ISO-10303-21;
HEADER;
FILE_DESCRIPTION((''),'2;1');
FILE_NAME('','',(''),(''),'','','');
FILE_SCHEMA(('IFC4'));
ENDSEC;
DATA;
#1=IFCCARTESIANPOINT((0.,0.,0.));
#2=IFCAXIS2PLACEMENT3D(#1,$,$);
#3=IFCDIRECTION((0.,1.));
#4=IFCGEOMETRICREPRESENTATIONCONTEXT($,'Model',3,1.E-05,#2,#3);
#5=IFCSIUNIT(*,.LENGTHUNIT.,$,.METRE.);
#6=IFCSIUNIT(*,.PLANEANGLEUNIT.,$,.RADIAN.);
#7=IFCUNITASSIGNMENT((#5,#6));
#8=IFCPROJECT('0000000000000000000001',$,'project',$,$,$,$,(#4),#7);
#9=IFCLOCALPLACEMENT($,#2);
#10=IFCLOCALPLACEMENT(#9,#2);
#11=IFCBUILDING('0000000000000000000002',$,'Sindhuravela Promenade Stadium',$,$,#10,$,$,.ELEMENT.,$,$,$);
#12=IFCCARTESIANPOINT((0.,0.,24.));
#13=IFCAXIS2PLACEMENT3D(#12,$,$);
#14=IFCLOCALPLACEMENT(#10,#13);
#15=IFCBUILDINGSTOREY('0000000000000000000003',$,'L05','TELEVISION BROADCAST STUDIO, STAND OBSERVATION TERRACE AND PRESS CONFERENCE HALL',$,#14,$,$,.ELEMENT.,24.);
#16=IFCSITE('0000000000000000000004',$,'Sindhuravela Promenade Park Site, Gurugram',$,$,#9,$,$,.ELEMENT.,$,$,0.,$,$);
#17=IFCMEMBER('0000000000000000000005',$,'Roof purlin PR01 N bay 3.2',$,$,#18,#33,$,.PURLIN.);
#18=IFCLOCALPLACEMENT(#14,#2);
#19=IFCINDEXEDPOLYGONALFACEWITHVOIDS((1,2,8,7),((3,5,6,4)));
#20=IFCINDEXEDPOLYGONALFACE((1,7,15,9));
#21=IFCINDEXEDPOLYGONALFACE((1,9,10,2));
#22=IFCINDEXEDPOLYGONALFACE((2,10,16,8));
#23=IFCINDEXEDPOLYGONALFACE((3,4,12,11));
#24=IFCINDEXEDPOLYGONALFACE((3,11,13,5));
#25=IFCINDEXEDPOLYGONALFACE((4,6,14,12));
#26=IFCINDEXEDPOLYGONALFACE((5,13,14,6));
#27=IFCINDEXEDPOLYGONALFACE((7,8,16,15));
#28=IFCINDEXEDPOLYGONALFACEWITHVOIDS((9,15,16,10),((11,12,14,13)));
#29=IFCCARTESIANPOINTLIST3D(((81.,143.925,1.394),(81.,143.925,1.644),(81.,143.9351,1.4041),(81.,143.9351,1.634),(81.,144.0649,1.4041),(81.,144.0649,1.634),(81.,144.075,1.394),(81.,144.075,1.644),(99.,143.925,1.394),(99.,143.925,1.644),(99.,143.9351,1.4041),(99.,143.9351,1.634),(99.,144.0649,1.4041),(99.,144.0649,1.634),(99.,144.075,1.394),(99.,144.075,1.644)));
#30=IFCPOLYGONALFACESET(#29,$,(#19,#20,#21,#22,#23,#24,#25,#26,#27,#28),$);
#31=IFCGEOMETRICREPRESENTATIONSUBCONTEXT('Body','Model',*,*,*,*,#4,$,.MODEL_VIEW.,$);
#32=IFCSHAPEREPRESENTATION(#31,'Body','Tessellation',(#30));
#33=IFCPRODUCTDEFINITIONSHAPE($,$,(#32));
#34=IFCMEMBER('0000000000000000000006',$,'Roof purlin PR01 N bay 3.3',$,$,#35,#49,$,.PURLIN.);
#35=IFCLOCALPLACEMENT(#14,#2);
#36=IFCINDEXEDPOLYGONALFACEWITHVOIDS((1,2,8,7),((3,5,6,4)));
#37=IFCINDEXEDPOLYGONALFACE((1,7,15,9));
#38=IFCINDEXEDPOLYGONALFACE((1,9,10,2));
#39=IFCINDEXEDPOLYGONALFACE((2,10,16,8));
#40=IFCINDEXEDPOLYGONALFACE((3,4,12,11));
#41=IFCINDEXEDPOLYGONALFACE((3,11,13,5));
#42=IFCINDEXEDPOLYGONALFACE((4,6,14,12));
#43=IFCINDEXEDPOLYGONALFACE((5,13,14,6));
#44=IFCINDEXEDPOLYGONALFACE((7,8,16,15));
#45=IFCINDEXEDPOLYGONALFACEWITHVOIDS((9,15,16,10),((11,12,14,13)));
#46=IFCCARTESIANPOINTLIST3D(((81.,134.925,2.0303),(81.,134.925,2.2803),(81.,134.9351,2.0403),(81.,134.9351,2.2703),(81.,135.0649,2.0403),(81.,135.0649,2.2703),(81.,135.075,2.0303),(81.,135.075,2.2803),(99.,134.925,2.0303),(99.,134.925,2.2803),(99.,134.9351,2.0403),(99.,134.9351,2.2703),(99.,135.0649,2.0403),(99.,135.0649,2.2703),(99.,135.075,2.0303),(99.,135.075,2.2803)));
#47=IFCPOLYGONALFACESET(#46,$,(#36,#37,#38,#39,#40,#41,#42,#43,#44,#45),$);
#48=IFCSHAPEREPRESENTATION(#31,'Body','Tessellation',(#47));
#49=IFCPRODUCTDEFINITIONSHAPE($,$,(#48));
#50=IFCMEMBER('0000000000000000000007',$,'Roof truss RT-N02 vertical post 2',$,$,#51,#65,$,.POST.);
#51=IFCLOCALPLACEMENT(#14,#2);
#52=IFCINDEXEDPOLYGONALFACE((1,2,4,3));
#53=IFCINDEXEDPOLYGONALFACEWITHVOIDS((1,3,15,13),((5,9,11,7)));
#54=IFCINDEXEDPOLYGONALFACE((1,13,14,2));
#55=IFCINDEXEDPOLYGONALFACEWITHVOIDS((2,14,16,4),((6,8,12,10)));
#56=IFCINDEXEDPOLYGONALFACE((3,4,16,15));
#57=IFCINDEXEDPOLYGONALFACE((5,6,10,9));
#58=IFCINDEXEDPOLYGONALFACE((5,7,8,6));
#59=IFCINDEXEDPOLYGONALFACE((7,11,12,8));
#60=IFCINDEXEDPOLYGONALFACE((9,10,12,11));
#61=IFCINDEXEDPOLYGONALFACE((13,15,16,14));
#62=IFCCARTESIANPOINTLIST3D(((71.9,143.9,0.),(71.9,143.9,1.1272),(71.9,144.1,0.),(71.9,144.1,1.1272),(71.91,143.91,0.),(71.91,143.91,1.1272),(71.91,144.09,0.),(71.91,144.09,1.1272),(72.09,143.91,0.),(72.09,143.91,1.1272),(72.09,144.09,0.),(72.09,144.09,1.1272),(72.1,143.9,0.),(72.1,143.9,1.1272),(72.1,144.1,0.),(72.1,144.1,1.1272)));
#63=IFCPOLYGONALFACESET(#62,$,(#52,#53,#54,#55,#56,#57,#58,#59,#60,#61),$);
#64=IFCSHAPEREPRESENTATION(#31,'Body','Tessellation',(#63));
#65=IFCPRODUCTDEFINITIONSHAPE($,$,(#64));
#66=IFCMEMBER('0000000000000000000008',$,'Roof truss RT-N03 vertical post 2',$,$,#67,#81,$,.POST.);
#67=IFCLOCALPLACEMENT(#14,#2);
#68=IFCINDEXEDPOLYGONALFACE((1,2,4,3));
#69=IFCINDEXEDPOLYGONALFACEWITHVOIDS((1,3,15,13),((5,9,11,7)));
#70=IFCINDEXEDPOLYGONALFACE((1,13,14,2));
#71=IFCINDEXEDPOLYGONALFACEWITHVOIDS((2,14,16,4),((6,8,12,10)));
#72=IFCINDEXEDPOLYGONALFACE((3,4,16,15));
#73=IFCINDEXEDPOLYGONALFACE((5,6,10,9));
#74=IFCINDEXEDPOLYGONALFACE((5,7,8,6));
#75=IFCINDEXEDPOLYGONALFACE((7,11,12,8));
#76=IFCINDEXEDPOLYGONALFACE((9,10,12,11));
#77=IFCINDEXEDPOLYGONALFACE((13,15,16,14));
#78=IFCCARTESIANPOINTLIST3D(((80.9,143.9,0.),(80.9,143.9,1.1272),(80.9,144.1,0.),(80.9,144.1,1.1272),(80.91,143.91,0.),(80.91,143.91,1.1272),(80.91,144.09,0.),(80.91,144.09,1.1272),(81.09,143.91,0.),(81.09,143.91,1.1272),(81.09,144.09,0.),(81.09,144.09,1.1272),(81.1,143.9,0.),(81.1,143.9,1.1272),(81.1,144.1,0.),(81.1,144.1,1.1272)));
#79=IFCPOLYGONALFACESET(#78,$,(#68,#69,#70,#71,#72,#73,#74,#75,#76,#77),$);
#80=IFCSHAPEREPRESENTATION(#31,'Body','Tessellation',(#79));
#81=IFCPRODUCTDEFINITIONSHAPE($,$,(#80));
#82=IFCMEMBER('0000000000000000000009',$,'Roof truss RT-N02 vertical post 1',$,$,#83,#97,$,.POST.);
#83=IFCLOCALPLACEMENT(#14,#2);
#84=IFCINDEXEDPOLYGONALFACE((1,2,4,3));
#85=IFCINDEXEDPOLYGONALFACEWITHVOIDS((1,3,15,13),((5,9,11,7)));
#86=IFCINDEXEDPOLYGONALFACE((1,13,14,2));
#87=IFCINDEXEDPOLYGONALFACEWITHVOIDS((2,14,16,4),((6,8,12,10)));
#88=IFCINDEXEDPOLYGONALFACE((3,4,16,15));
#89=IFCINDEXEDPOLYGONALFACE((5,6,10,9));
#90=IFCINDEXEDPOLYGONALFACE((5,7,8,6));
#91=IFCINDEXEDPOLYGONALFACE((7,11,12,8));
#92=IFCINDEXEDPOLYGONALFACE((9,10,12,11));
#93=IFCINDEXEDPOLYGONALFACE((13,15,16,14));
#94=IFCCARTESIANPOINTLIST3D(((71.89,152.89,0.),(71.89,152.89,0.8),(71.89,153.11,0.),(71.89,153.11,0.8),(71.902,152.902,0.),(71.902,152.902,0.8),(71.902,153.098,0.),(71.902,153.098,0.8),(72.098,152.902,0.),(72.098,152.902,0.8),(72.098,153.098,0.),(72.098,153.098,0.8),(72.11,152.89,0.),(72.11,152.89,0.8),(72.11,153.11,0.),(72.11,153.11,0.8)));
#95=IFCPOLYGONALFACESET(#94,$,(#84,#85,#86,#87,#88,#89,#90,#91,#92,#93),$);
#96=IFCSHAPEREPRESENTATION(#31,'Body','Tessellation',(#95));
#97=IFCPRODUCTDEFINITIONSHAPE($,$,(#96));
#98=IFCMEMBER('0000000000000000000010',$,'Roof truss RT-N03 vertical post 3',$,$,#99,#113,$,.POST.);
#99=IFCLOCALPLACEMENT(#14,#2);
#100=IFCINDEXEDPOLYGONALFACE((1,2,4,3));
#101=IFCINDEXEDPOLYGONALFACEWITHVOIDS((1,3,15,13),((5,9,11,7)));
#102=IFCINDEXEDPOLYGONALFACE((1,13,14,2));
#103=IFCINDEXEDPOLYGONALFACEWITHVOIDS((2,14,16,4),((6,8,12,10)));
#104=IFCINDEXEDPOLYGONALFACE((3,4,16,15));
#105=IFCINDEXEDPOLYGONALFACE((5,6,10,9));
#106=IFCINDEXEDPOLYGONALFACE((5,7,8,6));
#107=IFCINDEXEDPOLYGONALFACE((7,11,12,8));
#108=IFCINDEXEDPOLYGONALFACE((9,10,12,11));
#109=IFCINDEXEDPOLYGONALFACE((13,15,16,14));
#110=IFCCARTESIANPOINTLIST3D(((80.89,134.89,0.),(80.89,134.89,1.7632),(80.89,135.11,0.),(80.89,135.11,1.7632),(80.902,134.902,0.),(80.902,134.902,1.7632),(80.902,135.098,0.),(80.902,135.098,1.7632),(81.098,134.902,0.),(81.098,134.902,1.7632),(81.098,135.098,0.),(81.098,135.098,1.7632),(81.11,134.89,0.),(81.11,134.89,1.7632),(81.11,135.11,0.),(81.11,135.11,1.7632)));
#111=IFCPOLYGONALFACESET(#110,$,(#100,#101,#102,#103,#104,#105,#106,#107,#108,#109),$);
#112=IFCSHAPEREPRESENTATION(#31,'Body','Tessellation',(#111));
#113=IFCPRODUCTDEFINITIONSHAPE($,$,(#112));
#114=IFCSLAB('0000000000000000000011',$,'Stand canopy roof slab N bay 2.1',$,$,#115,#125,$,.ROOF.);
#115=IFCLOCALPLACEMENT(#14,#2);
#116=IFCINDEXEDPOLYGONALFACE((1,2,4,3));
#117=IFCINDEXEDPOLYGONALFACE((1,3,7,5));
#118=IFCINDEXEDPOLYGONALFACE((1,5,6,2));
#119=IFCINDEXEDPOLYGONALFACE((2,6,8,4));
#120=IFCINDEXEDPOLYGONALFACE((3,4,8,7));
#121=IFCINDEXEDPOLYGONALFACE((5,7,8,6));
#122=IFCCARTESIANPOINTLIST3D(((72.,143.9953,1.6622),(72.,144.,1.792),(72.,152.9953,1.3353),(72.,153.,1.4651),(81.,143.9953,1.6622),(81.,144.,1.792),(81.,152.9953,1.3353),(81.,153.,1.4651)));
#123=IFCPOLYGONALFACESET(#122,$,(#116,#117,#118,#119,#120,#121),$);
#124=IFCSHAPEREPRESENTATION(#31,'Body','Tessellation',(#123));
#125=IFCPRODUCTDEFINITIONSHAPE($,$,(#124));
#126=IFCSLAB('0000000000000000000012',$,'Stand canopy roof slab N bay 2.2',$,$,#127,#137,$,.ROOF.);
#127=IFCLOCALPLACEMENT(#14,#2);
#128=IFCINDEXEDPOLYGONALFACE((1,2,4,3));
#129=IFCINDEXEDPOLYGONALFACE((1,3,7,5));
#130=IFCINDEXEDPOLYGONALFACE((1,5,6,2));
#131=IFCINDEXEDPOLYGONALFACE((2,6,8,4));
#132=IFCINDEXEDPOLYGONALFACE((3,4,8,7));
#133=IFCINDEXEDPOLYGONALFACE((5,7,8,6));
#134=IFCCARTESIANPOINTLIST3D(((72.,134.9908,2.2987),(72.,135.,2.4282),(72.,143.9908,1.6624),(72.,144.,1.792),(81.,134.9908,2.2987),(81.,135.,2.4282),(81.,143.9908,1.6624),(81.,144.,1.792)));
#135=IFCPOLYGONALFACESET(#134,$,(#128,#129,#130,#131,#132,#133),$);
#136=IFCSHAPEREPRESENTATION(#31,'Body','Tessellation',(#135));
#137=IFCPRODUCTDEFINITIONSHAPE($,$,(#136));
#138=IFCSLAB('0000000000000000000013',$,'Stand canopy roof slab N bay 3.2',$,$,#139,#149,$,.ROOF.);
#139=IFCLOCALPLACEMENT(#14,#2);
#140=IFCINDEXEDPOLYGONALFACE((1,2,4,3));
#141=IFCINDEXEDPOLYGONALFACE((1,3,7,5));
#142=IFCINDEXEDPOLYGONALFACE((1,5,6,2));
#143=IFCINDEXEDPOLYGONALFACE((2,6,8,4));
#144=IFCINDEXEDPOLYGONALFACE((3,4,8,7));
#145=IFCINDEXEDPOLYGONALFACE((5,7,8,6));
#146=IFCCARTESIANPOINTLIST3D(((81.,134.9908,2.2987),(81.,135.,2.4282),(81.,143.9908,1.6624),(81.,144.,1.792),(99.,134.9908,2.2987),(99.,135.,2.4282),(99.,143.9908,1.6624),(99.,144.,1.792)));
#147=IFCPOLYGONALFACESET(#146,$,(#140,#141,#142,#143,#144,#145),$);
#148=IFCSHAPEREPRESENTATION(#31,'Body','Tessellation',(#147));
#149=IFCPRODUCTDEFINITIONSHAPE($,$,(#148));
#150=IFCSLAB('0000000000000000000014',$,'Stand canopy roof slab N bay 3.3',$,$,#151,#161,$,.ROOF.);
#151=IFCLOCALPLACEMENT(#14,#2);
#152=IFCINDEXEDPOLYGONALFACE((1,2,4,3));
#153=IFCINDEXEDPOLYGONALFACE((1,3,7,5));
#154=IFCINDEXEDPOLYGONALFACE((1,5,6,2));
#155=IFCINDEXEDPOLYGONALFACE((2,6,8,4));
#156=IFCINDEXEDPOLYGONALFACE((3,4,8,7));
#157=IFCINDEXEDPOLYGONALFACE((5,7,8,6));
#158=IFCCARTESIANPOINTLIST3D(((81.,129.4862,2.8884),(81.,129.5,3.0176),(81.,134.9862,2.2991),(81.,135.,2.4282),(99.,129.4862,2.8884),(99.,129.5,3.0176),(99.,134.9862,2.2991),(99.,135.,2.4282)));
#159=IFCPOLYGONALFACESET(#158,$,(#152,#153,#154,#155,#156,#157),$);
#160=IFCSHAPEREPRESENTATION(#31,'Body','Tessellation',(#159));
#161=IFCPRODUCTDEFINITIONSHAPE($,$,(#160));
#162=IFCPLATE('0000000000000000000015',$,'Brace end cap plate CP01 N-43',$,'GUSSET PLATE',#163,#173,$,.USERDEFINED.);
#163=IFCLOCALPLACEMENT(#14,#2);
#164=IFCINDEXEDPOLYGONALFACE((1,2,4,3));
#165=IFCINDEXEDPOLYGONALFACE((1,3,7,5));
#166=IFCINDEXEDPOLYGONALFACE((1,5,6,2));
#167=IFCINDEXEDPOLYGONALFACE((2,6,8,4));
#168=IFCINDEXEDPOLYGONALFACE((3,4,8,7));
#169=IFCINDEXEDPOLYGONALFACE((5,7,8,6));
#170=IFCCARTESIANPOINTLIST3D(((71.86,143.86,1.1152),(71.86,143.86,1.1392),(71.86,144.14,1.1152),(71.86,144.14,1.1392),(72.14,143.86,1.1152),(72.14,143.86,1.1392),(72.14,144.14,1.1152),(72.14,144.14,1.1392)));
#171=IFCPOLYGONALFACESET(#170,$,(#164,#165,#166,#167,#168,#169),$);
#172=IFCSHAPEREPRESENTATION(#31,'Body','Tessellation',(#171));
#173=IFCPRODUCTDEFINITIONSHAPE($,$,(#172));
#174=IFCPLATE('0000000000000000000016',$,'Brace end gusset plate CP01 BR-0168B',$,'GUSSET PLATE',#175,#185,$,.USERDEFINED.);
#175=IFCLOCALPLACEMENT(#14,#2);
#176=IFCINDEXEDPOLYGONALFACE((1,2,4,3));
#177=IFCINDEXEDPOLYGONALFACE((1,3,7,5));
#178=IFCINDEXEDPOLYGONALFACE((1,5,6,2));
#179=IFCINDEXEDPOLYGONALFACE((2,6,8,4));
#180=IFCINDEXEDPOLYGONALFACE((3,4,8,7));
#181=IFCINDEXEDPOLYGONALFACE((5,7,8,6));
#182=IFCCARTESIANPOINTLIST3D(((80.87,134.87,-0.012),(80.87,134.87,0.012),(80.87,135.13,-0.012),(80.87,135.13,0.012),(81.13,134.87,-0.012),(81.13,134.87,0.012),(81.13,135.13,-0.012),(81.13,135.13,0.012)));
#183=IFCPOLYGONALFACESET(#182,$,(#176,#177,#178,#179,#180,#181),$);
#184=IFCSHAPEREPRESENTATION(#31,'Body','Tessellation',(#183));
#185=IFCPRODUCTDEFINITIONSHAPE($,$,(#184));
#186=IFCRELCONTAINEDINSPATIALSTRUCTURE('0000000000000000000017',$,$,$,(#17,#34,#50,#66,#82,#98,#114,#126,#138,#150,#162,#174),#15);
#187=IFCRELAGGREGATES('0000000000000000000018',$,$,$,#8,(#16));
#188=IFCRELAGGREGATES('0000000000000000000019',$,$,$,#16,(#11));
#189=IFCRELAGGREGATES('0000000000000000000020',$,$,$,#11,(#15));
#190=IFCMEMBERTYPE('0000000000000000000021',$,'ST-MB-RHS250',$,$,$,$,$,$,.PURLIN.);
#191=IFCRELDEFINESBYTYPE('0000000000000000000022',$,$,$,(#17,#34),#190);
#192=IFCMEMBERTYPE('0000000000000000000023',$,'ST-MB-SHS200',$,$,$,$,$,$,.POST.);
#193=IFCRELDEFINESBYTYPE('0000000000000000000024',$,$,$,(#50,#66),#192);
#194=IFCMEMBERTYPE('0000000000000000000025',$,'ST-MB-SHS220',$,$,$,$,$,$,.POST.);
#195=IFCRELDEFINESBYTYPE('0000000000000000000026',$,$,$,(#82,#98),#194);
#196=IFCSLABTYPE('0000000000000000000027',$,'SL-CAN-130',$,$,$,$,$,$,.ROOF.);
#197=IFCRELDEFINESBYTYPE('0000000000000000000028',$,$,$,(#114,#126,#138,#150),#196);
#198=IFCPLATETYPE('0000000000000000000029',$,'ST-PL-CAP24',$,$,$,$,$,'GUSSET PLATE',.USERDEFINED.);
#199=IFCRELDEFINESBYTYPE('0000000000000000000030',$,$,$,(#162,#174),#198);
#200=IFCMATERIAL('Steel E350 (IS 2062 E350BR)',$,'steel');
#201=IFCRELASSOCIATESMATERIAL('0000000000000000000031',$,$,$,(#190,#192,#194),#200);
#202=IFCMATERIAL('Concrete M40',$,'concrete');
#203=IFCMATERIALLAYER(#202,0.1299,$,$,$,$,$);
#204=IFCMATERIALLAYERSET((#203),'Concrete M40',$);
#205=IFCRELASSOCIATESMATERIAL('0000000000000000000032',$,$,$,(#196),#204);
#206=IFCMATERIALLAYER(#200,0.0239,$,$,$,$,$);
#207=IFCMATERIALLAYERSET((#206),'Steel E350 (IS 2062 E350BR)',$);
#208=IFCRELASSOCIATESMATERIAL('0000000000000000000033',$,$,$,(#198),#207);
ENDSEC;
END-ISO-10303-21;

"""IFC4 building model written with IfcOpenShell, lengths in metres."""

from ifc_helpers import new_model, si_unit, direction, frame, origin, origin_2d, place, context, subcontext, project, spatial, polyline, rectangle, hollow_rectangle, outline, extrude, material, layer, layer_set, material_profile, profile_set, type_object, element, save


model = new_model("IFC4")

# Units and contexts
model_context = context("Model", 3, precision=1e-05, world=origin(), true_north=direction((0.0, 1.0)))
body_context = subcontext(model_context, "Body", "Model", "MODEL_VIEW")
ifc_project = project(units=[si_unit("LENGTHUNIT", "METRE"), si_unit("PLANEANGLEUNIT", "RADIAN")], contexts=[model_context])

# Site, building, storey
site_placement = place(None, origin())
site = spatial("IfcSite", under=ifc_project, at=site_placement, Name="Sindhuravela Promenade Park Site, Gurugram", CompositionType="ELEMENT", RefElevation=0.0)
building_placement = place(site_placement, origin())
building = spatial("IfcBuilding", under=site, at=building_placement, Name="Sindhuravela Promenade Stadium", CompositionType="ELEMENT")
storey_placement = place(building_placement, frame((0.0, 0.0, 24.0)))
storey = spatial("IfcBuildingStorey", under=building, at=storey_placement, Name="L05", Description="TELEVISION BROADCAST STUDIO, STAND OBSERVATION TERRACE AND PRESS CONFERENCE HALL", CompositionType="ELEMENT", Elevation=24.0)

# Shared definitions
ifc_material_1 = material(Name="Steel E350 (IS 2062 E350BR)", Category="steel")

# Members
ifc_material_profile_1 = material_profile(ifc_material_1, hollow_rectangle(XDim=0.1499, YDim=0.25, WallThickness=0.01, at=origin_2d()), Name="RHS 250x150x10")
ifc_profile_set_1 = profile_set([ifc_material_profile_1], Name="Steel E350 (IS 2062 E350BR)")
member_type_1 = type_object("IfcMemberType", Name="ST-MB-RHS250", PredefinedType="PURLIN", material=ifc_profile_set_1)
for number, where, z_axis, x_axis, name in (
    (1, (81.0, 144.0, 1.519), (1.0, 0.0, 0.0), (0.0, 1.0, 0.0), "Roof purlin PR01 N bay 3.2"),
    (2, (81.0, 135.0, 2.1553), (1.0, 0.0, 0.0), (0.0, 1.0, 0.0), "Roof purlin PR01 N bay 3.3"),
):
    element("IfcMember", number, at=place(storey_placement, frame(where, z_axis=z_axis, x_axis=x_axis)), inside=storey, type_object=member_type_1, Name=name, PredefinedType="PURLIN", context=body_context, shape_type="SweptSolid", body=[
        extrude(hollow_rectangle(XDim=0.1499, YDim=0.25, WallThickness=0.01, at=origin_2d()), origin(), (0.0, 0.0, 1.0), 18.0),
    ])
ifc_material_profile_2 = material_profile(ifc_material_1, hollow_rectangle(XDim=0.2, YDim=0.2, WallThickness=0.01, at=origin_2d()), Name="SHS 200x200x10")
ifc_profile_set_2 = profile_set([ifc_material_profile_2], Name="Steel E350 (IS 2062 E350BR)")
member_type_2 = type_object("IfcMemberType", Name="ST-MB-SHS200", PredefinedType="POST", material=ifc_profile_set_2)
for number, where, z_axis, x_axis, name in (
    (3, (72.0, 144.0, 0.0), (0.0, 0.0, 1.0), (1.0, 0.0, 0.0), "Roof truss RT-N02 vertical post 2"),
    (4, (81.0, 144.0, 0.0), (0.0, 0.0, 1.0), (1.0, 0.0, 0.0), "Roof truss RT-N03 vertical post 2"),
):
    element("IfcMember", number, at=place(storey_placement, frame(where, z_axis=z_axis, x_axis=x_axis)), inside=storey, type_object=member_type_2, Name=name, PredefinedType="POST", context=body_context, shape_type="SweptSolid", body=[
        extrude(hollow_rectangle(XDim=0.2, YDim=0.2, WallThickness=0.01, at=origin_2d()), origin(), (0.0, 0.0, 1.0), 1.1272),
    ])
ifc_material_profile_3 = material_profile(ifc_material_1, hollow_rectangle(XDim=0.22, YDim=0.22, WallThickness=0.012, at=origin_2d()), Name="SHS 220x220x12")
ifc_profile_set_3 = profile_set([ifc_material_profile_3], Name="Steel E350 (IS 2062 E350BR)")
member_type_3 = type_object("IfcMemberType", Name="ST-MB-SHS220", PredefinedType="POST", material=ifc_profile_set_3)
member_1_placement = place(storey_placement, frame((72.0, 153.0, 0.0), z_axis=(0.0, 0.0, 1.0), x_axis=(1.0, 0.0, 0.0)))
element("IfcMember", 5, at=member_1_placement, inside=storey, type_object=member_type_3, Name="Roof truss RT-N02 vertical post 1", PredefinedType="POST", context=body_context, shape_type="SweptSolid", body=[
    extrude(hollow_rectangle(XDim=0.22, YDim=0.22, WallThickness=0.012, at=origin_2d()), origin(), (0.0, 0.0, 1.0), 0.8),
])
member_2_placement = place(storey_placement, frame((81.0, 135.0, 0.0), z_axis=(0.0, 0.0, 1.0), x_axis=(1.0, 0.0, 0.0)))
element("IfcMember", 6, at=member_2_placement, inside=storey, type_object=member_type_3, Name="Roof truss RT-N03 vertical post 3", PredefinedType="POST", context=body_context, shape_type="SweptSolid", body=[
    extrude(hollow_rectangle(XDim=0.22, YDim=0.22, WallThickness=0.012, at=origin_2d()), origin(), (0.0, 0.0, 1.0), 1.7632),
])

# Slabs
ifc_material_2 = material(Name="Concrete M40", Category="concrete")
ifc_layer_1 = layer(ifc_material_2, 0.1299)
ifc_layer_set_1 = layer_set([ifc_layer_1], Name="Concrete M40")
slab_type = type_object("IfcSlabType", Name="SL-CAN-130", PredefinedType="ROOF", material=ifc_layer_set_1)
slab_1_placement = place(storey_placement, frame((72.0, 153.0, 1.4651), z_axis=(0.0, 0.036299, 0.999341), x_axis=(1.0, 0.0, 0.0)))
element("IfcSlab", 7, at=slab_1_placement, inside=storey, type_object=slab_type, Name="Stand canopy roof slab N bay 2.1", PredefinedType="ROOF", context=body_context, shape_type="SweptSolid", body=[
    extrude(outline(polyline([(0.0, 0.0), (0.0, -9.0059), (9.0, -9.0059), (9.0, 0.0), (0.0, 0.0)])), origin(), (0.0, 0.0, -1.0), 0.1299),
])
slab_2_placement = place(storey_placement, frame((72.0, 144.0, 1.792), z_axis=(0.0, 0.070516, 0.997511), x_axis=(1.0, 0.0, 0.0)))
element("IfcSlab", 8, at=slab_2_placement, inside=storey, type_object=slab_type, Name="Stand canopy roof slab N bay 2.2", PredefinedType="ROOF", context=body_context, shape_type="SweptSolid", body=[
    extrude(outline(polyline([(0.0, 0.0), (0.0, -9.0225), (9.0, -9.0225), (9.0, 0.0), (0.0, 0.0)])), origin(), (0.0, 0.0, -1.0), 0.1299),
])
slab_3_placement = place(storey_placement, frame((81.0, 144.0, 1.792), z_axis=(0.0, 0.070516, 0.997511), x_axis=(1.0, 0.0, 0.0)))
element("IfcSlab", 9, at=slab_3_placement, inside=storey, type_object=slab_type, Name="Stand canopy roof slab N bay 3.2", PredefinedType="ROOF", context=body_context, shape_type="SweptSolid", body=[
    extrude(outline(polyline([(0.0, 0.0), (0.0, -9.0225), (18.0, -9.0225), (18.0, 0.0), (0.0, 0.0)])), origin(), (0.0, 0.0, -1.0), 0.1299),
])
slab_4_placement = place(storey_placement, frame((81.0, 135.0, 2.4282), z_axis=(0.0, 0.106546, 0.994308), x_axis=(1.0, 0.0, 0.0)))
element("IfcSlab", 10, at=slab_4_placement, inside=storey, type_object=slab_type, Name="Stand canopy roof slab N bay 3.3", PredefinedType="ROOF", context=body_context, shape_type="SweptSolid", body=[
    extrude(outline(polyline([(0.0, 0.0), (0.0, -5.5315), (18.0, -5.5315), (18.0, 0.0), (0.0, 0.0)])), origin(), (0.0, 0.0, -1.0), 0.1299),
])

# Plates
ifc_layer_2 = layer(ifc_material_1, 0.0239)
ifc_layer_set_2 = layer_set([ifc_layer_2], Name="Steel E350 (IS 2062 E350BR)")
plate_type_1 = type_object("IfcPlateType", Name="ST-PL-CAP24", ElementType="GUSSET PLATE", PredefinedType="USERDEFINED", material=ifc_layer_set_2)
plate_1_placement = place(storey_placement, frame((72.0, 144.0, 1.1152), z_axis=(0.0, 0.0, 1.0), x_axis=(1.0, 0.0, 0.0)))
element("IfcPlate", 11, at=plate_1_placement, inside=storey, type_object=plate_type_1, Name="Brace end cap plate CP01 N-43", ObjectType="GUSSET PLATE", PredefinedType="USERDEFINED", context=body_context, shape_type="SweptSolid", body=[
    extrude(rectangle(XDim=0.28, YDim=0.28, at=origin_2d()), origin(), (0.0, 0.0, 1.0), 0.0239),
])
plate_2_placement = place(storey_placement, frame((81.0, 135.0, -0.012), z_axis=(0.0, 0.0, 1.0), x_axis=(1.0, 0.0, 0.0)))
element("IfcPlate", 12, at=plate_2_placement, inside=storey, type_object=plate_type_1, Name="Brace end gusset plate CP01 BR-0168B", ObjectType="GUSSET PLATE", PredefinedType="USERDEFINED", context=body_context, shape_type="SweptSolid", body=[
    extrude(rectangle(XDim=0.26, YDim=0.26, at=origin_2d()), origin(), (0.0, 0.0, 1.0), 0.0239),
])

save(model, "model.ifc")
